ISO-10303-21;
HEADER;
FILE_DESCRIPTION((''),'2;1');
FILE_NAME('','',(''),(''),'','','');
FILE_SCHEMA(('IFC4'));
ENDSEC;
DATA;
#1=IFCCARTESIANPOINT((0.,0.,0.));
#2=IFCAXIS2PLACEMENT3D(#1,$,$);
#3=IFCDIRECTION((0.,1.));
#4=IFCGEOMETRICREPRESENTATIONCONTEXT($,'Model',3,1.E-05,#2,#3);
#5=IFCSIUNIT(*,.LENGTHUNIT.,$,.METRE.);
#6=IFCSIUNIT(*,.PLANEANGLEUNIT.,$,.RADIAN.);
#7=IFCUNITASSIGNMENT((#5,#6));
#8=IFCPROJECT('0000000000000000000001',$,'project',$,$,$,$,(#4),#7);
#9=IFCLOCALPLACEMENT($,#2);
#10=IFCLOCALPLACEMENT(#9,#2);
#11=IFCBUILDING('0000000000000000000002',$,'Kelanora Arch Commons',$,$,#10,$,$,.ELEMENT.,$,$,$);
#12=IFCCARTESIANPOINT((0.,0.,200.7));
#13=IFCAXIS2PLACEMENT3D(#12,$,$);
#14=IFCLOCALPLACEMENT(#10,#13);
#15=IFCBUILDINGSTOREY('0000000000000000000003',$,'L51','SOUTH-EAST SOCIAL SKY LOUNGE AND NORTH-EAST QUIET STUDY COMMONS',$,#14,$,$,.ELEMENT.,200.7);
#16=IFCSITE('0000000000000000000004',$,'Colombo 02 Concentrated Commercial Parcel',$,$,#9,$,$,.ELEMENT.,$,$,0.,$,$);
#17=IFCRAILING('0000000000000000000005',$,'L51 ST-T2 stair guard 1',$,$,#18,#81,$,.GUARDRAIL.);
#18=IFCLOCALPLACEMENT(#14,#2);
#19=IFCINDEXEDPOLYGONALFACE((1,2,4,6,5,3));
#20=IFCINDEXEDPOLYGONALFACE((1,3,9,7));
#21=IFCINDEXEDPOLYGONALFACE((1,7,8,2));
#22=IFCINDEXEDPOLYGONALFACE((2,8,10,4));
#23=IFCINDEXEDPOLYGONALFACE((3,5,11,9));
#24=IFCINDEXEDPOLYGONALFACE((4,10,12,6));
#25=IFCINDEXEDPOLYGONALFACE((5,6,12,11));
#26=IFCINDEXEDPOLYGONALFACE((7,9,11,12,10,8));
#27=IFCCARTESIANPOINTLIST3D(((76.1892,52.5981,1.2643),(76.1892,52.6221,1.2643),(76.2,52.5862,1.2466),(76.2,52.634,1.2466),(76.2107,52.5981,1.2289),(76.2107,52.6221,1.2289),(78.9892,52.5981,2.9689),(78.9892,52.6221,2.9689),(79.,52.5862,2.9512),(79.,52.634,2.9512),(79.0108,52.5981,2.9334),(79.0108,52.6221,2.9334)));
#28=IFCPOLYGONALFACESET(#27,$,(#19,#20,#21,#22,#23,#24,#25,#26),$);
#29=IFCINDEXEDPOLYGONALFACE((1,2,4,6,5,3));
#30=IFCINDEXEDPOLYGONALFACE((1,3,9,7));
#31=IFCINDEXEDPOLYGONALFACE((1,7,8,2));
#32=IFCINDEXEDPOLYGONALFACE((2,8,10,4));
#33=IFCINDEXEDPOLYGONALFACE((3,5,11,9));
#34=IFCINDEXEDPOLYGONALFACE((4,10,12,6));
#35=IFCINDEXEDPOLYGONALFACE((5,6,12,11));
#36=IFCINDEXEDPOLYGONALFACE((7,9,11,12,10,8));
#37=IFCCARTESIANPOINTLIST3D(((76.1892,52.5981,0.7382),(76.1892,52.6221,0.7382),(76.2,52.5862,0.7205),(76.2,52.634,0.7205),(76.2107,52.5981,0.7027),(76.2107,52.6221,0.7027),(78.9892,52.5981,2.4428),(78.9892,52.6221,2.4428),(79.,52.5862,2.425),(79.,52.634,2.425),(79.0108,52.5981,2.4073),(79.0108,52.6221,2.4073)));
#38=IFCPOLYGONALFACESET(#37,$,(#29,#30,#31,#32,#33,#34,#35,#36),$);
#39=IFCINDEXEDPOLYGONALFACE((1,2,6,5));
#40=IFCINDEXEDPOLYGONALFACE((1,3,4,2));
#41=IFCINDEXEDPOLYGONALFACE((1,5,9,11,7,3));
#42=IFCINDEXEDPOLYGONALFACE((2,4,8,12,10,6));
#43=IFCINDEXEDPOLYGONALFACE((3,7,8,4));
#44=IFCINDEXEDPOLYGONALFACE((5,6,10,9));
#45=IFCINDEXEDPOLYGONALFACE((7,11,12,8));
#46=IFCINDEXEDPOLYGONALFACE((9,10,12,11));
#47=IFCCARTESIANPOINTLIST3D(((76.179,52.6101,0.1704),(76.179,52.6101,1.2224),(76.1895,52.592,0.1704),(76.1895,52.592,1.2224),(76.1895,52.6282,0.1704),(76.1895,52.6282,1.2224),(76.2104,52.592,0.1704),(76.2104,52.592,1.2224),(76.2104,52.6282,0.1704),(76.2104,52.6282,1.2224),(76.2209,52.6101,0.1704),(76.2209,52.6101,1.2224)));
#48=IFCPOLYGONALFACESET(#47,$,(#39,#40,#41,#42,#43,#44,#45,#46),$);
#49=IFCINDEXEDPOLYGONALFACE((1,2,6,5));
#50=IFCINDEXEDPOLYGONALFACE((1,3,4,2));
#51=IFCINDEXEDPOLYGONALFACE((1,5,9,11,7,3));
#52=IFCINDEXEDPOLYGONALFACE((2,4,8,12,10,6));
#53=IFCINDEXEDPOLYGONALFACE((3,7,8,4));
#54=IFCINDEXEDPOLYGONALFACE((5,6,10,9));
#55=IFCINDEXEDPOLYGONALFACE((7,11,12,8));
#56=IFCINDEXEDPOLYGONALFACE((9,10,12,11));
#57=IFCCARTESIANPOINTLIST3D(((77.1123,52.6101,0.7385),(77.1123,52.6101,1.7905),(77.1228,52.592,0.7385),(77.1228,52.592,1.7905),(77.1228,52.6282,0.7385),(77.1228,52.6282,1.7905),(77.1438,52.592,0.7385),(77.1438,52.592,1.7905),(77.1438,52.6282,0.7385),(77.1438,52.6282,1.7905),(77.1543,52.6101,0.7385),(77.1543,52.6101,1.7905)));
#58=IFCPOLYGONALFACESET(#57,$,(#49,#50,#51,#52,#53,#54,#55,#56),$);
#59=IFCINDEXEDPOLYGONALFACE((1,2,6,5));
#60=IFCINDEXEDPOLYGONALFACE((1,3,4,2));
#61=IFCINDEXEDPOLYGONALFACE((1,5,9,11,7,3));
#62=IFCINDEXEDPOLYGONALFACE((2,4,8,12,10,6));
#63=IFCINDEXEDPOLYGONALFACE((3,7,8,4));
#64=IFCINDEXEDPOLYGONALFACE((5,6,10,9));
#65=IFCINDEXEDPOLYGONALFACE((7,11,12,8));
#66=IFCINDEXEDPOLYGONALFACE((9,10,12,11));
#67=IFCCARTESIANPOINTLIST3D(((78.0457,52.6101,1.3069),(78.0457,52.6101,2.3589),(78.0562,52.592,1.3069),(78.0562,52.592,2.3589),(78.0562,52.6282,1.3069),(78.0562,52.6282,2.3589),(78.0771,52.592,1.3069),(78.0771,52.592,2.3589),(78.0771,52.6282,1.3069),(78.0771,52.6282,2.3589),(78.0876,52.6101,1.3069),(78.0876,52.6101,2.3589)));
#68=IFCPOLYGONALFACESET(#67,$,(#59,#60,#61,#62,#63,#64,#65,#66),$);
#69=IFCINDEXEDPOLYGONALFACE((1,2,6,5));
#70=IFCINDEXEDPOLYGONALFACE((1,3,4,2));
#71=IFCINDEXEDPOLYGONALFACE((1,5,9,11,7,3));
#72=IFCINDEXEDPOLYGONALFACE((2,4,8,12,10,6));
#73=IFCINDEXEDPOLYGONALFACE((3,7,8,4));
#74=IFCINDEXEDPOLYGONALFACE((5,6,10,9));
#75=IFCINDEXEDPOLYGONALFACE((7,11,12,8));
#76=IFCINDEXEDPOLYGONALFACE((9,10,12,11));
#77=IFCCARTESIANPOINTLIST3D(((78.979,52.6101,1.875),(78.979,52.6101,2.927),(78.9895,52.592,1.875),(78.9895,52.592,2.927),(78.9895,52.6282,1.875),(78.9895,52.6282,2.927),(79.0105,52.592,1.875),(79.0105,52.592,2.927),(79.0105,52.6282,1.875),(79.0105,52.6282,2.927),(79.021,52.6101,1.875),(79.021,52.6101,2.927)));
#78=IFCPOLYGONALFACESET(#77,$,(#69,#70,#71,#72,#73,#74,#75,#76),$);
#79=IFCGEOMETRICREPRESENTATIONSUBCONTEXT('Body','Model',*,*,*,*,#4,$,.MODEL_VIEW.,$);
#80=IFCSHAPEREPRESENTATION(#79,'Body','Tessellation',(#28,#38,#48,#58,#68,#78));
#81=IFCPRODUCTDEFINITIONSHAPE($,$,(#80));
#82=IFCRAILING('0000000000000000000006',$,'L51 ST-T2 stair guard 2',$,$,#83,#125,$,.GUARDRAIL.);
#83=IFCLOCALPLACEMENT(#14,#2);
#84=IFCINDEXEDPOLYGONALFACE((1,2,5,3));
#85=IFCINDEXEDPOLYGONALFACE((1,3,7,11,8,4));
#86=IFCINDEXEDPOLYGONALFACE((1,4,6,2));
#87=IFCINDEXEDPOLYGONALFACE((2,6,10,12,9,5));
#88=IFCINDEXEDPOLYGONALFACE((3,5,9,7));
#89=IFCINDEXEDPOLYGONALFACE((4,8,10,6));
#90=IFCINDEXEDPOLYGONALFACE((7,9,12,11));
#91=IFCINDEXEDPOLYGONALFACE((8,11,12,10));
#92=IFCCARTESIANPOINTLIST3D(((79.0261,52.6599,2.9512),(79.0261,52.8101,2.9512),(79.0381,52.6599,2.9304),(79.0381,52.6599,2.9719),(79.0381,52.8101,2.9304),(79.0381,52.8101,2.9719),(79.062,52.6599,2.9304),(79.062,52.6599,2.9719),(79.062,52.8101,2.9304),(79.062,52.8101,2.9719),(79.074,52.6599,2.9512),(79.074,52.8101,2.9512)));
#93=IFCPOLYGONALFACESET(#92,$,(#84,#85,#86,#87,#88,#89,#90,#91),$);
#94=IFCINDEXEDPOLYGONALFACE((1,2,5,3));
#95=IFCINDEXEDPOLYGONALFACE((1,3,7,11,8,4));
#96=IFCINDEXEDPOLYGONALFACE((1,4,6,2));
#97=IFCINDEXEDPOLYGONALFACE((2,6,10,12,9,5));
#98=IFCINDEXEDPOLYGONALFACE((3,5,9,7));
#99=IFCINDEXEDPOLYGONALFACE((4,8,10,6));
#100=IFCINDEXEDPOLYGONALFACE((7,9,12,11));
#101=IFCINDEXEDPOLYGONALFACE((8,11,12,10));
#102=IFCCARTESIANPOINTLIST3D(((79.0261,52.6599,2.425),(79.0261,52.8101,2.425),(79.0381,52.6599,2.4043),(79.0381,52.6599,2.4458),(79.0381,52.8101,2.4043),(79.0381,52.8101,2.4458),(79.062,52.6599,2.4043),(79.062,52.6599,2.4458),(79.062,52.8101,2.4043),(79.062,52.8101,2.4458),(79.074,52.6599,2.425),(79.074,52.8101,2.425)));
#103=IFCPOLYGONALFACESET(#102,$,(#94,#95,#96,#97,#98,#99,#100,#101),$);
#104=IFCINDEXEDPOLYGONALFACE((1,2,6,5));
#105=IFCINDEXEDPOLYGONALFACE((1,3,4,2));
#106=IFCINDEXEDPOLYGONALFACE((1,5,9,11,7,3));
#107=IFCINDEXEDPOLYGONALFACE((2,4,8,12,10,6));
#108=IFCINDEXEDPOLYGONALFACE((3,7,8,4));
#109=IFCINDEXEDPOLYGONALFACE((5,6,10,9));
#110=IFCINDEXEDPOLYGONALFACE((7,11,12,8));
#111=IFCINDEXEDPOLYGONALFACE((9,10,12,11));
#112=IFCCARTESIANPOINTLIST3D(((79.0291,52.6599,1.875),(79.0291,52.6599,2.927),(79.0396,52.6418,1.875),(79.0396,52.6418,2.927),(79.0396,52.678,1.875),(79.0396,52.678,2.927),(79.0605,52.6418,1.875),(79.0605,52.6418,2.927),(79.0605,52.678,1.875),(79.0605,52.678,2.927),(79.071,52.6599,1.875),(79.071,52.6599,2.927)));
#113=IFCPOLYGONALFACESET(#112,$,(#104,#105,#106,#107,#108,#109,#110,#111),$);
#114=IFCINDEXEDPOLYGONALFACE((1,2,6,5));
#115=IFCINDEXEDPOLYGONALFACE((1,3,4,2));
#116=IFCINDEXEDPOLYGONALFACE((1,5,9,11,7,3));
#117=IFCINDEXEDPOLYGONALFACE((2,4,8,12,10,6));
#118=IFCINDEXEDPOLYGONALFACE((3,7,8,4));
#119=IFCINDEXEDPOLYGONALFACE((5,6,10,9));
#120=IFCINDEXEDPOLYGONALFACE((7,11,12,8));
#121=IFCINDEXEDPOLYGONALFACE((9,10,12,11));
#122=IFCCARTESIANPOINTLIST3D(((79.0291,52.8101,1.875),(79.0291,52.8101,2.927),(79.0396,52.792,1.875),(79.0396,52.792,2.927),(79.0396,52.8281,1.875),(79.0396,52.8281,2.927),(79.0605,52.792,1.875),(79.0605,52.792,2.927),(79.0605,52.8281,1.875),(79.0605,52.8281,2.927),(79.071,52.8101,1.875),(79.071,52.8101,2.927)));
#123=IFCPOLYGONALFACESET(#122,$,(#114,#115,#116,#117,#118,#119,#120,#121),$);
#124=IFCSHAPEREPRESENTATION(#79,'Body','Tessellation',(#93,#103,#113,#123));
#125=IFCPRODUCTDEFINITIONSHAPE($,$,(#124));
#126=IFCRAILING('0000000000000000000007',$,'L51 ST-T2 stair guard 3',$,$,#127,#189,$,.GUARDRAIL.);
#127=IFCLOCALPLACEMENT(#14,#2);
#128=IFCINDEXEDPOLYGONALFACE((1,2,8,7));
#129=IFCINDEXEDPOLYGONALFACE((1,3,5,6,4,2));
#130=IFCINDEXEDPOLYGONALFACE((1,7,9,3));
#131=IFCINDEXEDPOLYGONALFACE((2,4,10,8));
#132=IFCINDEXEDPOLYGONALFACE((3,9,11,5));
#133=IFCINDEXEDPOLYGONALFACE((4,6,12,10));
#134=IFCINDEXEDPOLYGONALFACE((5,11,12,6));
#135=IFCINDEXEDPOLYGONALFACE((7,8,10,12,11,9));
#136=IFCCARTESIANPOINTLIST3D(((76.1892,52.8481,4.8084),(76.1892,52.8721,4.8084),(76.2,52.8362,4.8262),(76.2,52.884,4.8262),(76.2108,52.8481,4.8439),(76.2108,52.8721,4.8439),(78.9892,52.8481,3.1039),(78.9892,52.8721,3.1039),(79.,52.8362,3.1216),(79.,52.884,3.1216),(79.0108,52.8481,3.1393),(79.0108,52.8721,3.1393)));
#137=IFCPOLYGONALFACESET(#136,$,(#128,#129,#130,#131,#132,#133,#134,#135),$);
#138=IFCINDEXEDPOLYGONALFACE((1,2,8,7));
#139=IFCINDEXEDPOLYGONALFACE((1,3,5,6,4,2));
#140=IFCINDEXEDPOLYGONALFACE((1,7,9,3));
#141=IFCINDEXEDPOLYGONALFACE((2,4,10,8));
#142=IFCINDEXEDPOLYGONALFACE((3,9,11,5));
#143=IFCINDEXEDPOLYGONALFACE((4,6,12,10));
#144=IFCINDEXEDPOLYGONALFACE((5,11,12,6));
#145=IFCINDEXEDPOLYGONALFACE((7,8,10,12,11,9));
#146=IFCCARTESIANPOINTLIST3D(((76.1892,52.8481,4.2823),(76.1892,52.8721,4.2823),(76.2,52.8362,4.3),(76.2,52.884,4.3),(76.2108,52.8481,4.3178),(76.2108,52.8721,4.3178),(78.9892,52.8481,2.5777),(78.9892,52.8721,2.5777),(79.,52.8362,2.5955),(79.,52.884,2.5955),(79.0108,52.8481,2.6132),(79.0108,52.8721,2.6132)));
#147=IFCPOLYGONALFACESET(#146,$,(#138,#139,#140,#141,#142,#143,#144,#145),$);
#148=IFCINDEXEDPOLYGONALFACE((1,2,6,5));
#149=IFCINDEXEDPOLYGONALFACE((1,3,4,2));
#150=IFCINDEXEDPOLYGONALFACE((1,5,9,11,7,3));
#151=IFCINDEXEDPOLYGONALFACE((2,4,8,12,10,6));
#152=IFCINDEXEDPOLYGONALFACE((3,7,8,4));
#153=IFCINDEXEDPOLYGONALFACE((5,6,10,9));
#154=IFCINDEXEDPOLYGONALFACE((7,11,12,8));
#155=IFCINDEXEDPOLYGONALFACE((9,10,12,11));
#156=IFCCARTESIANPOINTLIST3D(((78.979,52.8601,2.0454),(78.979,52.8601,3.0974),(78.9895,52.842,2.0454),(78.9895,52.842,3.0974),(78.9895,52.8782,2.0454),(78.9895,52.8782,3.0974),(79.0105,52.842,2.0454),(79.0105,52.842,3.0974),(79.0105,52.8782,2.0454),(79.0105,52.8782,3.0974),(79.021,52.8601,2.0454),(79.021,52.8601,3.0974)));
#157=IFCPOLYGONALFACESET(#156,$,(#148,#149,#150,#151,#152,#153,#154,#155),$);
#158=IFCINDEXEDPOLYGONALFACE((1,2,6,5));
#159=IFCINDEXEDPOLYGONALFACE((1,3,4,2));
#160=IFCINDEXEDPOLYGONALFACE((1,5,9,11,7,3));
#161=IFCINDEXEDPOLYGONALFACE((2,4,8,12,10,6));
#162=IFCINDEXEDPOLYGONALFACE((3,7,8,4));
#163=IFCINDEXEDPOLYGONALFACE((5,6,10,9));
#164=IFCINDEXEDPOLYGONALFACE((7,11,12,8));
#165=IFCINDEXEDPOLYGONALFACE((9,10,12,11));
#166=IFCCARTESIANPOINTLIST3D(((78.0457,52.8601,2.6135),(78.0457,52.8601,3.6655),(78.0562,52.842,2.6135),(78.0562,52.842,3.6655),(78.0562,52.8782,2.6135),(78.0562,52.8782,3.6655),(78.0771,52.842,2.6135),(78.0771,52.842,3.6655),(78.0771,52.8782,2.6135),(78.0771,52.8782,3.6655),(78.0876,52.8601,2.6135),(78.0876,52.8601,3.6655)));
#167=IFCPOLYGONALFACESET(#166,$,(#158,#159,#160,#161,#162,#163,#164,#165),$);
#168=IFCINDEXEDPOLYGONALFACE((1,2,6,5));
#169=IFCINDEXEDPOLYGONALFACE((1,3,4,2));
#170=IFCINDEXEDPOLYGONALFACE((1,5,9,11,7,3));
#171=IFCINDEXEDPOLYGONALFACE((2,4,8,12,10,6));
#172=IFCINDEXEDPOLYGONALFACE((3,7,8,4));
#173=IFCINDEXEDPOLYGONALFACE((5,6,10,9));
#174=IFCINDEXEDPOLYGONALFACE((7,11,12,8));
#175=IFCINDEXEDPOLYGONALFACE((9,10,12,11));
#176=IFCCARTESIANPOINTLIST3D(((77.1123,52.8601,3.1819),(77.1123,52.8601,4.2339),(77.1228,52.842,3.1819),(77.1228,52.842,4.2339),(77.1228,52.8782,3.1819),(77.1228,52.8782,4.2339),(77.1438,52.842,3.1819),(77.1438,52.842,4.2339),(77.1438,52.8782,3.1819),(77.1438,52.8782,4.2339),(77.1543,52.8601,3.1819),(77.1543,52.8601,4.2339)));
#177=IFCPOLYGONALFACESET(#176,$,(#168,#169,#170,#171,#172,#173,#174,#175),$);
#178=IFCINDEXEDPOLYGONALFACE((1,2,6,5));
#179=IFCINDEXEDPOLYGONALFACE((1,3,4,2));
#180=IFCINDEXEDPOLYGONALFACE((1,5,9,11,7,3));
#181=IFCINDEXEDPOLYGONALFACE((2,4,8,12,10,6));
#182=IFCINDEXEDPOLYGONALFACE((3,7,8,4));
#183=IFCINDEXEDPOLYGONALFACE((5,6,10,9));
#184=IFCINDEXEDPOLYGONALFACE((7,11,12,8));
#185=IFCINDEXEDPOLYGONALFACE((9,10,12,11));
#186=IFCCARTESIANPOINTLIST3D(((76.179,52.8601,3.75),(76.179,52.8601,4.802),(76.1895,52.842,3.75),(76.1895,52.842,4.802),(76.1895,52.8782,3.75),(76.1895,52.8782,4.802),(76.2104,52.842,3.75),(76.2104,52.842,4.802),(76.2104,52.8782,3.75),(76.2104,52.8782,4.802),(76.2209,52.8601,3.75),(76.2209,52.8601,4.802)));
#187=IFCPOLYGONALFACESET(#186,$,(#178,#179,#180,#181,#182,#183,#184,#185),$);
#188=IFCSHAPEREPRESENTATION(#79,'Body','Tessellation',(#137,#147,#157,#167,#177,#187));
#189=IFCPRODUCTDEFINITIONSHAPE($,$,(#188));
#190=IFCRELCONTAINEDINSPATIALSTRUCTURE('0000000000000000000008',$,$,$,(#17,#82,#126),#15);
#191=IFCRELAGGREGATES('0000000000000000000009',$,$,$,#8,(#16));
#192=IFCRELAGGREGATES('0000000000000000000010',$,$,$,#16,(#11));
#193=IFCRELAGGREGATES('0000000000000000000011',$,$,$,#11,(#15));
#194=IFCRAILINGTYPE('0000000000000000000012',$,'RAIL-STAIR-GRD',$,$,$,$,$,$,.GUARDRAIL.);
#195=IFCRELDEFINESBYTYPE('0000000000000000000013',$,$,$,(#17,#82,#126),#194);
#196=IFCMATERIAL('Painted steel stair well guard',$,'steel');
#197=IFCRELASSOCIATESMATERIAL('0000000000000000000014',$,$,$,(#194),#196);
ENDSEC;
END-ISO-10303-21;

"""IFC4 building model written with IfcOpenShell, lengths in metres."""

from ifc_helpers import new_model, si_unit, direction, frame, origin, place, context, subcontext, project, spatial, polyline, outline, extrude, material, type_object, element, save


model = new_model("IFC4")

# Units and contexts
model_context = context("Model", 3, precision=1e-05, world=origin(), true_north=direction((0.0, 1.0)))
body_context = subcontext(model_context, "Body", "Model", "MODEL_VIEW")
ifc_project = project(units=[si_unit("LENGTHUNIT", "METRE"), si_unit("PLANEANGLEUNIT", "RADIAN")], contexts=[model_context])

# Site, building, storey
site_placement = place(None, origin())
site = spatial("IfcSite", under=ifc_project, at=site_placement, Name="Colombo 02 Concentrated Commercial Parcel", CompositionType="ELEMENT", RefElevation=0.0)
building_placement = place(site_placement, origin())
building = spatial("IfcBuilding", under=site, at=building_placement, Name="Kelanora Arch Commons", CompositionType="ELEMENT")
storey_placement = place(building_placement, frame((0.0, 0.0, 200.7)))
storey = spatial("IfcBuildingStorey", under=building, at=storey_placement, Name="L51", Description="SOUTH-EAST SOCIAL SKY LOUNGE AND NORTH-EAST QUIET STUDY COMMONS", CompositionType="ELEMENT", Elevation=200.7)

# Railings
ifc_material_1 = material(Name="Painted steel stair well guard", Category="steel")
railing_type_1 = type_object("IfcRailingType", Name="RAIL-STAIR-GRD", PredefinedType="GUARDRAIL", material=ifc_material_1)
railing_1_placement = place(storey_placement, frame((76.2, 52.6101, 0.1704)))
element("IfcRailing", 1, at=railing_1_placement, inside=storey, type_object=railing_type_1, Name="L51 ST-T2 stair guard 1", PredefinedType="GUARDRAIL", context=body_context, shape_type="SweptSolid", body=[
    extrude(outline(polyline([(0.0239, 0.0), (0.012, 0.0208), (-0.012, 0.0208), (-0.0239, 0.0), (-0.012, -0.0208), (0.012, -0.0208), (0.0239, 0.0)])), frame((0.0, 0.0, 1.0762), z_axis=(0.85417, 0.0, 0.519994), x_axis=(0.0, 1.0, 0.0)), (0.0, 0.0, 1.0), 3.2781),
    extrude(outline(polyline([(0.0239, 0.0), (0.012, 0.0208), (-0.012, 0.0208), (-0.0239, 0.0), (-0.012, -0.0208), (0.012, -0.0208), (0.0239, 0.0)])), frame((0.0, 0.0, 0.55), z_axis=(0.85417, 0.0, 0.519994), x_axis=(0.0, 1.0, 0.0)), (0.0, 0.0, 1.0), 3.2781),
    extrude(outline(polyline([(0.021, 0.0), (0.0105, 0.0181), (-0.0105, 0.0181), (-0.021, 0.0), (-0.0105, -0.0181), (0.0105, -0.0181), (0.021, 0.0)])), origin(), (0.0, 0.0, 1.0), 1.052),
    extrude(outline(polyline([(0.021, 0.0), (0.0105, 0.0181), (-0.0105, 0.0181), (-0.021, 0.0), (-0.0105, -0.0181), (0.0105, -0.0181), (0.021, 0.0)])), frame((0.9333, 0.0, 0.5681)), (0.0, 0.0, 1.0), 1.052),
    extrude(outline(polyline([(0.021, 0.0), (0.0105, 0.0181), (-0.0105, 0.0181), (-0.021, 0.0), (-0.0105, -0.0181), (0.0105, -0.0181), (0.021, 0.0)])), frame((1.8667, 0.0, 1.1365)), (0.0, 0.0, 1.0), 1.052),
    extrude(outline(polyline([(0.021, 0.0), (0.0105, 0.0181), (-0.0105, 0.0181), (-0.021, 0.0), (-0.0105, -0.0181), (0.0105, -0.0181), (0.021, 0.0)])), frame((2.8, 0.0, 1.7046)), (0.0, 0.0, 1.0), 1.052),
])
railing_2_placement = place(storey_placement, frame((79.05, 52.6599, 1.875)))
element("IfcRailing", 2, at=railing_2_placement, inside=storey, type_object=railing_type_1, Name="L51 ST-T2 stair guard 2", PredefinedType="GUARDRAIL", context=body_context, shape_type="SweptSolid", body=[
    extrude(outline(polyline([(0.0239, 0.0), (0.012, 0.0208), (-0.012, 0.0208), (-0.0239, 0.0), (-0.012, -0.0208), (0.012, -0.0208), (0.0239, 0.0)])), frame((0.0, 0.0, 1.0762), z_axis=(0.0, 1.0, 0.0), x_axis=(-1.0, 0.0, 0.0)), (0.0, 0.0, 1.0), 0.1501),
    extrude(outline(polyline([(0.0239, 0.0), (0.012, 0.0208), (-0.012, 0.0208), (-0.0239, 0.0), (-0.012, -0.0208), (0.012, -0.0208), (0.0239, 0.0)])), frame((0.0, 0.0, 0.55), z_axis=(0.0, 1.0, 0.0), x_axis=(-1.0, 0.0, 0.0)), (0.0, 0.0, 1.0), 0.1501),
    extrude(outline(polyline([(0.021, 0.0), (0.0105, 0.0181), (-0.0105, 0.0181), (-0.021, 0.0), (-0.0105, -0.0181), (0.0105, -0.0181), (0.021, 0.0)])), origin(), (0.0, 0.0, 1.0), 1.052),
    extrude(outline(polyline([(0.021, 0.0), (0.0105, 0.0181), (-0.0105, 0.0181), (-0.021, 0.0), (-0.0105, -0.0181), (0.0105, -0.0181), (0.021, 0.0)])), frame((0.0, 0.1501, 0.0)), (0.0, 0.0, 1.0), 1.052),
])
railing_3_placement = place(storey_placement, frame((79.0, 52.8601, 2.0454)))
element("IfcRailing", 3, at=railing_3_placement, inside=storey, type_object=railing_type_1, Name="L51 ST-T2 stair guard 3", PredefinedType="GUARDRAIL", context=body_context, shape_type="SweptSolid", body=[
    extrude(outline(polyline([(0.0239, 0.0), (0.012, 0.0208), (-0.012, 0.0208), (-0.0239, 0.0), (-0.012, -0.0208), (0.012, -0.0208), (0.0239, 0.0)])), frame((0.0, 0.0, 1.0762), z_axis=(-0.85417, 0.0, 0.519994), x_axis=(0.0, -1.0, 0.0)), (0.0, 0.0, 1.0), 3.2781),
    extrude(outline(polyline([(0.0239, 0.0), (0.012, 0.0208), (-0.012, 0.0208), (-0.0239, 0.0), (-0.012, -0.0208), (0.012, -0.0208), (0.0239, 0.0)])), frame((0.0, 0.0, 0.55), z_axis=(-0.85417, 0.0, 0.519994), x_axis=(0.0, -1.0, 0.0)), (0.0, 0.0, 1.0), 3.2781),
    extrude(outline(polyline([(0.021, 0.0), (0.0105, 0.0181), (-0.0105, 0.0181), (-0.021, 0.0), (-0.0105, -0.0181), (0.0105, -0.0181), (0.021, 0.0)])), origin(), (0.0, 0.0, 1.0), 1.052),
    extrude(outline(polyline([(0.021, 0.0), (0.0105, 0.0181), (-0.0105, 0.0181), (-0.021, 0.0), (-0.0105, -0.0181), (0.0105, -0.0181), (0.021, 0.0)])), frame((-0.9333, 0.0, 0.5681)), (0.0, 0.0, 1.0), 1.052),
    extrude(outline(polyline([(0.021, 0.0), (0.0105, 0.0181), (-0.0105, 0.0181), (-0.021, 0.0), (-0.0105, -0.0181), (0.0105, -0.0181), (0.021, 0.0)])), frame((-1.8667, 0.0, 1.1365)), (0.0, 0.0, 1.0), 1.052),
    extrude(outline(polyline([(0.021, 0.0), (0.0105, 0.0181), (-0.0105, 0.0181), (-0.021, 0.0), (-0.0105, -0.0181), (0.0105, -0.0181), (0.021, 0.0)])), frame((-2.8, 0.0, 1.7046)), (0.0, 0.0, 1.0), 1.052),
])

save(model, "model.ifc")
